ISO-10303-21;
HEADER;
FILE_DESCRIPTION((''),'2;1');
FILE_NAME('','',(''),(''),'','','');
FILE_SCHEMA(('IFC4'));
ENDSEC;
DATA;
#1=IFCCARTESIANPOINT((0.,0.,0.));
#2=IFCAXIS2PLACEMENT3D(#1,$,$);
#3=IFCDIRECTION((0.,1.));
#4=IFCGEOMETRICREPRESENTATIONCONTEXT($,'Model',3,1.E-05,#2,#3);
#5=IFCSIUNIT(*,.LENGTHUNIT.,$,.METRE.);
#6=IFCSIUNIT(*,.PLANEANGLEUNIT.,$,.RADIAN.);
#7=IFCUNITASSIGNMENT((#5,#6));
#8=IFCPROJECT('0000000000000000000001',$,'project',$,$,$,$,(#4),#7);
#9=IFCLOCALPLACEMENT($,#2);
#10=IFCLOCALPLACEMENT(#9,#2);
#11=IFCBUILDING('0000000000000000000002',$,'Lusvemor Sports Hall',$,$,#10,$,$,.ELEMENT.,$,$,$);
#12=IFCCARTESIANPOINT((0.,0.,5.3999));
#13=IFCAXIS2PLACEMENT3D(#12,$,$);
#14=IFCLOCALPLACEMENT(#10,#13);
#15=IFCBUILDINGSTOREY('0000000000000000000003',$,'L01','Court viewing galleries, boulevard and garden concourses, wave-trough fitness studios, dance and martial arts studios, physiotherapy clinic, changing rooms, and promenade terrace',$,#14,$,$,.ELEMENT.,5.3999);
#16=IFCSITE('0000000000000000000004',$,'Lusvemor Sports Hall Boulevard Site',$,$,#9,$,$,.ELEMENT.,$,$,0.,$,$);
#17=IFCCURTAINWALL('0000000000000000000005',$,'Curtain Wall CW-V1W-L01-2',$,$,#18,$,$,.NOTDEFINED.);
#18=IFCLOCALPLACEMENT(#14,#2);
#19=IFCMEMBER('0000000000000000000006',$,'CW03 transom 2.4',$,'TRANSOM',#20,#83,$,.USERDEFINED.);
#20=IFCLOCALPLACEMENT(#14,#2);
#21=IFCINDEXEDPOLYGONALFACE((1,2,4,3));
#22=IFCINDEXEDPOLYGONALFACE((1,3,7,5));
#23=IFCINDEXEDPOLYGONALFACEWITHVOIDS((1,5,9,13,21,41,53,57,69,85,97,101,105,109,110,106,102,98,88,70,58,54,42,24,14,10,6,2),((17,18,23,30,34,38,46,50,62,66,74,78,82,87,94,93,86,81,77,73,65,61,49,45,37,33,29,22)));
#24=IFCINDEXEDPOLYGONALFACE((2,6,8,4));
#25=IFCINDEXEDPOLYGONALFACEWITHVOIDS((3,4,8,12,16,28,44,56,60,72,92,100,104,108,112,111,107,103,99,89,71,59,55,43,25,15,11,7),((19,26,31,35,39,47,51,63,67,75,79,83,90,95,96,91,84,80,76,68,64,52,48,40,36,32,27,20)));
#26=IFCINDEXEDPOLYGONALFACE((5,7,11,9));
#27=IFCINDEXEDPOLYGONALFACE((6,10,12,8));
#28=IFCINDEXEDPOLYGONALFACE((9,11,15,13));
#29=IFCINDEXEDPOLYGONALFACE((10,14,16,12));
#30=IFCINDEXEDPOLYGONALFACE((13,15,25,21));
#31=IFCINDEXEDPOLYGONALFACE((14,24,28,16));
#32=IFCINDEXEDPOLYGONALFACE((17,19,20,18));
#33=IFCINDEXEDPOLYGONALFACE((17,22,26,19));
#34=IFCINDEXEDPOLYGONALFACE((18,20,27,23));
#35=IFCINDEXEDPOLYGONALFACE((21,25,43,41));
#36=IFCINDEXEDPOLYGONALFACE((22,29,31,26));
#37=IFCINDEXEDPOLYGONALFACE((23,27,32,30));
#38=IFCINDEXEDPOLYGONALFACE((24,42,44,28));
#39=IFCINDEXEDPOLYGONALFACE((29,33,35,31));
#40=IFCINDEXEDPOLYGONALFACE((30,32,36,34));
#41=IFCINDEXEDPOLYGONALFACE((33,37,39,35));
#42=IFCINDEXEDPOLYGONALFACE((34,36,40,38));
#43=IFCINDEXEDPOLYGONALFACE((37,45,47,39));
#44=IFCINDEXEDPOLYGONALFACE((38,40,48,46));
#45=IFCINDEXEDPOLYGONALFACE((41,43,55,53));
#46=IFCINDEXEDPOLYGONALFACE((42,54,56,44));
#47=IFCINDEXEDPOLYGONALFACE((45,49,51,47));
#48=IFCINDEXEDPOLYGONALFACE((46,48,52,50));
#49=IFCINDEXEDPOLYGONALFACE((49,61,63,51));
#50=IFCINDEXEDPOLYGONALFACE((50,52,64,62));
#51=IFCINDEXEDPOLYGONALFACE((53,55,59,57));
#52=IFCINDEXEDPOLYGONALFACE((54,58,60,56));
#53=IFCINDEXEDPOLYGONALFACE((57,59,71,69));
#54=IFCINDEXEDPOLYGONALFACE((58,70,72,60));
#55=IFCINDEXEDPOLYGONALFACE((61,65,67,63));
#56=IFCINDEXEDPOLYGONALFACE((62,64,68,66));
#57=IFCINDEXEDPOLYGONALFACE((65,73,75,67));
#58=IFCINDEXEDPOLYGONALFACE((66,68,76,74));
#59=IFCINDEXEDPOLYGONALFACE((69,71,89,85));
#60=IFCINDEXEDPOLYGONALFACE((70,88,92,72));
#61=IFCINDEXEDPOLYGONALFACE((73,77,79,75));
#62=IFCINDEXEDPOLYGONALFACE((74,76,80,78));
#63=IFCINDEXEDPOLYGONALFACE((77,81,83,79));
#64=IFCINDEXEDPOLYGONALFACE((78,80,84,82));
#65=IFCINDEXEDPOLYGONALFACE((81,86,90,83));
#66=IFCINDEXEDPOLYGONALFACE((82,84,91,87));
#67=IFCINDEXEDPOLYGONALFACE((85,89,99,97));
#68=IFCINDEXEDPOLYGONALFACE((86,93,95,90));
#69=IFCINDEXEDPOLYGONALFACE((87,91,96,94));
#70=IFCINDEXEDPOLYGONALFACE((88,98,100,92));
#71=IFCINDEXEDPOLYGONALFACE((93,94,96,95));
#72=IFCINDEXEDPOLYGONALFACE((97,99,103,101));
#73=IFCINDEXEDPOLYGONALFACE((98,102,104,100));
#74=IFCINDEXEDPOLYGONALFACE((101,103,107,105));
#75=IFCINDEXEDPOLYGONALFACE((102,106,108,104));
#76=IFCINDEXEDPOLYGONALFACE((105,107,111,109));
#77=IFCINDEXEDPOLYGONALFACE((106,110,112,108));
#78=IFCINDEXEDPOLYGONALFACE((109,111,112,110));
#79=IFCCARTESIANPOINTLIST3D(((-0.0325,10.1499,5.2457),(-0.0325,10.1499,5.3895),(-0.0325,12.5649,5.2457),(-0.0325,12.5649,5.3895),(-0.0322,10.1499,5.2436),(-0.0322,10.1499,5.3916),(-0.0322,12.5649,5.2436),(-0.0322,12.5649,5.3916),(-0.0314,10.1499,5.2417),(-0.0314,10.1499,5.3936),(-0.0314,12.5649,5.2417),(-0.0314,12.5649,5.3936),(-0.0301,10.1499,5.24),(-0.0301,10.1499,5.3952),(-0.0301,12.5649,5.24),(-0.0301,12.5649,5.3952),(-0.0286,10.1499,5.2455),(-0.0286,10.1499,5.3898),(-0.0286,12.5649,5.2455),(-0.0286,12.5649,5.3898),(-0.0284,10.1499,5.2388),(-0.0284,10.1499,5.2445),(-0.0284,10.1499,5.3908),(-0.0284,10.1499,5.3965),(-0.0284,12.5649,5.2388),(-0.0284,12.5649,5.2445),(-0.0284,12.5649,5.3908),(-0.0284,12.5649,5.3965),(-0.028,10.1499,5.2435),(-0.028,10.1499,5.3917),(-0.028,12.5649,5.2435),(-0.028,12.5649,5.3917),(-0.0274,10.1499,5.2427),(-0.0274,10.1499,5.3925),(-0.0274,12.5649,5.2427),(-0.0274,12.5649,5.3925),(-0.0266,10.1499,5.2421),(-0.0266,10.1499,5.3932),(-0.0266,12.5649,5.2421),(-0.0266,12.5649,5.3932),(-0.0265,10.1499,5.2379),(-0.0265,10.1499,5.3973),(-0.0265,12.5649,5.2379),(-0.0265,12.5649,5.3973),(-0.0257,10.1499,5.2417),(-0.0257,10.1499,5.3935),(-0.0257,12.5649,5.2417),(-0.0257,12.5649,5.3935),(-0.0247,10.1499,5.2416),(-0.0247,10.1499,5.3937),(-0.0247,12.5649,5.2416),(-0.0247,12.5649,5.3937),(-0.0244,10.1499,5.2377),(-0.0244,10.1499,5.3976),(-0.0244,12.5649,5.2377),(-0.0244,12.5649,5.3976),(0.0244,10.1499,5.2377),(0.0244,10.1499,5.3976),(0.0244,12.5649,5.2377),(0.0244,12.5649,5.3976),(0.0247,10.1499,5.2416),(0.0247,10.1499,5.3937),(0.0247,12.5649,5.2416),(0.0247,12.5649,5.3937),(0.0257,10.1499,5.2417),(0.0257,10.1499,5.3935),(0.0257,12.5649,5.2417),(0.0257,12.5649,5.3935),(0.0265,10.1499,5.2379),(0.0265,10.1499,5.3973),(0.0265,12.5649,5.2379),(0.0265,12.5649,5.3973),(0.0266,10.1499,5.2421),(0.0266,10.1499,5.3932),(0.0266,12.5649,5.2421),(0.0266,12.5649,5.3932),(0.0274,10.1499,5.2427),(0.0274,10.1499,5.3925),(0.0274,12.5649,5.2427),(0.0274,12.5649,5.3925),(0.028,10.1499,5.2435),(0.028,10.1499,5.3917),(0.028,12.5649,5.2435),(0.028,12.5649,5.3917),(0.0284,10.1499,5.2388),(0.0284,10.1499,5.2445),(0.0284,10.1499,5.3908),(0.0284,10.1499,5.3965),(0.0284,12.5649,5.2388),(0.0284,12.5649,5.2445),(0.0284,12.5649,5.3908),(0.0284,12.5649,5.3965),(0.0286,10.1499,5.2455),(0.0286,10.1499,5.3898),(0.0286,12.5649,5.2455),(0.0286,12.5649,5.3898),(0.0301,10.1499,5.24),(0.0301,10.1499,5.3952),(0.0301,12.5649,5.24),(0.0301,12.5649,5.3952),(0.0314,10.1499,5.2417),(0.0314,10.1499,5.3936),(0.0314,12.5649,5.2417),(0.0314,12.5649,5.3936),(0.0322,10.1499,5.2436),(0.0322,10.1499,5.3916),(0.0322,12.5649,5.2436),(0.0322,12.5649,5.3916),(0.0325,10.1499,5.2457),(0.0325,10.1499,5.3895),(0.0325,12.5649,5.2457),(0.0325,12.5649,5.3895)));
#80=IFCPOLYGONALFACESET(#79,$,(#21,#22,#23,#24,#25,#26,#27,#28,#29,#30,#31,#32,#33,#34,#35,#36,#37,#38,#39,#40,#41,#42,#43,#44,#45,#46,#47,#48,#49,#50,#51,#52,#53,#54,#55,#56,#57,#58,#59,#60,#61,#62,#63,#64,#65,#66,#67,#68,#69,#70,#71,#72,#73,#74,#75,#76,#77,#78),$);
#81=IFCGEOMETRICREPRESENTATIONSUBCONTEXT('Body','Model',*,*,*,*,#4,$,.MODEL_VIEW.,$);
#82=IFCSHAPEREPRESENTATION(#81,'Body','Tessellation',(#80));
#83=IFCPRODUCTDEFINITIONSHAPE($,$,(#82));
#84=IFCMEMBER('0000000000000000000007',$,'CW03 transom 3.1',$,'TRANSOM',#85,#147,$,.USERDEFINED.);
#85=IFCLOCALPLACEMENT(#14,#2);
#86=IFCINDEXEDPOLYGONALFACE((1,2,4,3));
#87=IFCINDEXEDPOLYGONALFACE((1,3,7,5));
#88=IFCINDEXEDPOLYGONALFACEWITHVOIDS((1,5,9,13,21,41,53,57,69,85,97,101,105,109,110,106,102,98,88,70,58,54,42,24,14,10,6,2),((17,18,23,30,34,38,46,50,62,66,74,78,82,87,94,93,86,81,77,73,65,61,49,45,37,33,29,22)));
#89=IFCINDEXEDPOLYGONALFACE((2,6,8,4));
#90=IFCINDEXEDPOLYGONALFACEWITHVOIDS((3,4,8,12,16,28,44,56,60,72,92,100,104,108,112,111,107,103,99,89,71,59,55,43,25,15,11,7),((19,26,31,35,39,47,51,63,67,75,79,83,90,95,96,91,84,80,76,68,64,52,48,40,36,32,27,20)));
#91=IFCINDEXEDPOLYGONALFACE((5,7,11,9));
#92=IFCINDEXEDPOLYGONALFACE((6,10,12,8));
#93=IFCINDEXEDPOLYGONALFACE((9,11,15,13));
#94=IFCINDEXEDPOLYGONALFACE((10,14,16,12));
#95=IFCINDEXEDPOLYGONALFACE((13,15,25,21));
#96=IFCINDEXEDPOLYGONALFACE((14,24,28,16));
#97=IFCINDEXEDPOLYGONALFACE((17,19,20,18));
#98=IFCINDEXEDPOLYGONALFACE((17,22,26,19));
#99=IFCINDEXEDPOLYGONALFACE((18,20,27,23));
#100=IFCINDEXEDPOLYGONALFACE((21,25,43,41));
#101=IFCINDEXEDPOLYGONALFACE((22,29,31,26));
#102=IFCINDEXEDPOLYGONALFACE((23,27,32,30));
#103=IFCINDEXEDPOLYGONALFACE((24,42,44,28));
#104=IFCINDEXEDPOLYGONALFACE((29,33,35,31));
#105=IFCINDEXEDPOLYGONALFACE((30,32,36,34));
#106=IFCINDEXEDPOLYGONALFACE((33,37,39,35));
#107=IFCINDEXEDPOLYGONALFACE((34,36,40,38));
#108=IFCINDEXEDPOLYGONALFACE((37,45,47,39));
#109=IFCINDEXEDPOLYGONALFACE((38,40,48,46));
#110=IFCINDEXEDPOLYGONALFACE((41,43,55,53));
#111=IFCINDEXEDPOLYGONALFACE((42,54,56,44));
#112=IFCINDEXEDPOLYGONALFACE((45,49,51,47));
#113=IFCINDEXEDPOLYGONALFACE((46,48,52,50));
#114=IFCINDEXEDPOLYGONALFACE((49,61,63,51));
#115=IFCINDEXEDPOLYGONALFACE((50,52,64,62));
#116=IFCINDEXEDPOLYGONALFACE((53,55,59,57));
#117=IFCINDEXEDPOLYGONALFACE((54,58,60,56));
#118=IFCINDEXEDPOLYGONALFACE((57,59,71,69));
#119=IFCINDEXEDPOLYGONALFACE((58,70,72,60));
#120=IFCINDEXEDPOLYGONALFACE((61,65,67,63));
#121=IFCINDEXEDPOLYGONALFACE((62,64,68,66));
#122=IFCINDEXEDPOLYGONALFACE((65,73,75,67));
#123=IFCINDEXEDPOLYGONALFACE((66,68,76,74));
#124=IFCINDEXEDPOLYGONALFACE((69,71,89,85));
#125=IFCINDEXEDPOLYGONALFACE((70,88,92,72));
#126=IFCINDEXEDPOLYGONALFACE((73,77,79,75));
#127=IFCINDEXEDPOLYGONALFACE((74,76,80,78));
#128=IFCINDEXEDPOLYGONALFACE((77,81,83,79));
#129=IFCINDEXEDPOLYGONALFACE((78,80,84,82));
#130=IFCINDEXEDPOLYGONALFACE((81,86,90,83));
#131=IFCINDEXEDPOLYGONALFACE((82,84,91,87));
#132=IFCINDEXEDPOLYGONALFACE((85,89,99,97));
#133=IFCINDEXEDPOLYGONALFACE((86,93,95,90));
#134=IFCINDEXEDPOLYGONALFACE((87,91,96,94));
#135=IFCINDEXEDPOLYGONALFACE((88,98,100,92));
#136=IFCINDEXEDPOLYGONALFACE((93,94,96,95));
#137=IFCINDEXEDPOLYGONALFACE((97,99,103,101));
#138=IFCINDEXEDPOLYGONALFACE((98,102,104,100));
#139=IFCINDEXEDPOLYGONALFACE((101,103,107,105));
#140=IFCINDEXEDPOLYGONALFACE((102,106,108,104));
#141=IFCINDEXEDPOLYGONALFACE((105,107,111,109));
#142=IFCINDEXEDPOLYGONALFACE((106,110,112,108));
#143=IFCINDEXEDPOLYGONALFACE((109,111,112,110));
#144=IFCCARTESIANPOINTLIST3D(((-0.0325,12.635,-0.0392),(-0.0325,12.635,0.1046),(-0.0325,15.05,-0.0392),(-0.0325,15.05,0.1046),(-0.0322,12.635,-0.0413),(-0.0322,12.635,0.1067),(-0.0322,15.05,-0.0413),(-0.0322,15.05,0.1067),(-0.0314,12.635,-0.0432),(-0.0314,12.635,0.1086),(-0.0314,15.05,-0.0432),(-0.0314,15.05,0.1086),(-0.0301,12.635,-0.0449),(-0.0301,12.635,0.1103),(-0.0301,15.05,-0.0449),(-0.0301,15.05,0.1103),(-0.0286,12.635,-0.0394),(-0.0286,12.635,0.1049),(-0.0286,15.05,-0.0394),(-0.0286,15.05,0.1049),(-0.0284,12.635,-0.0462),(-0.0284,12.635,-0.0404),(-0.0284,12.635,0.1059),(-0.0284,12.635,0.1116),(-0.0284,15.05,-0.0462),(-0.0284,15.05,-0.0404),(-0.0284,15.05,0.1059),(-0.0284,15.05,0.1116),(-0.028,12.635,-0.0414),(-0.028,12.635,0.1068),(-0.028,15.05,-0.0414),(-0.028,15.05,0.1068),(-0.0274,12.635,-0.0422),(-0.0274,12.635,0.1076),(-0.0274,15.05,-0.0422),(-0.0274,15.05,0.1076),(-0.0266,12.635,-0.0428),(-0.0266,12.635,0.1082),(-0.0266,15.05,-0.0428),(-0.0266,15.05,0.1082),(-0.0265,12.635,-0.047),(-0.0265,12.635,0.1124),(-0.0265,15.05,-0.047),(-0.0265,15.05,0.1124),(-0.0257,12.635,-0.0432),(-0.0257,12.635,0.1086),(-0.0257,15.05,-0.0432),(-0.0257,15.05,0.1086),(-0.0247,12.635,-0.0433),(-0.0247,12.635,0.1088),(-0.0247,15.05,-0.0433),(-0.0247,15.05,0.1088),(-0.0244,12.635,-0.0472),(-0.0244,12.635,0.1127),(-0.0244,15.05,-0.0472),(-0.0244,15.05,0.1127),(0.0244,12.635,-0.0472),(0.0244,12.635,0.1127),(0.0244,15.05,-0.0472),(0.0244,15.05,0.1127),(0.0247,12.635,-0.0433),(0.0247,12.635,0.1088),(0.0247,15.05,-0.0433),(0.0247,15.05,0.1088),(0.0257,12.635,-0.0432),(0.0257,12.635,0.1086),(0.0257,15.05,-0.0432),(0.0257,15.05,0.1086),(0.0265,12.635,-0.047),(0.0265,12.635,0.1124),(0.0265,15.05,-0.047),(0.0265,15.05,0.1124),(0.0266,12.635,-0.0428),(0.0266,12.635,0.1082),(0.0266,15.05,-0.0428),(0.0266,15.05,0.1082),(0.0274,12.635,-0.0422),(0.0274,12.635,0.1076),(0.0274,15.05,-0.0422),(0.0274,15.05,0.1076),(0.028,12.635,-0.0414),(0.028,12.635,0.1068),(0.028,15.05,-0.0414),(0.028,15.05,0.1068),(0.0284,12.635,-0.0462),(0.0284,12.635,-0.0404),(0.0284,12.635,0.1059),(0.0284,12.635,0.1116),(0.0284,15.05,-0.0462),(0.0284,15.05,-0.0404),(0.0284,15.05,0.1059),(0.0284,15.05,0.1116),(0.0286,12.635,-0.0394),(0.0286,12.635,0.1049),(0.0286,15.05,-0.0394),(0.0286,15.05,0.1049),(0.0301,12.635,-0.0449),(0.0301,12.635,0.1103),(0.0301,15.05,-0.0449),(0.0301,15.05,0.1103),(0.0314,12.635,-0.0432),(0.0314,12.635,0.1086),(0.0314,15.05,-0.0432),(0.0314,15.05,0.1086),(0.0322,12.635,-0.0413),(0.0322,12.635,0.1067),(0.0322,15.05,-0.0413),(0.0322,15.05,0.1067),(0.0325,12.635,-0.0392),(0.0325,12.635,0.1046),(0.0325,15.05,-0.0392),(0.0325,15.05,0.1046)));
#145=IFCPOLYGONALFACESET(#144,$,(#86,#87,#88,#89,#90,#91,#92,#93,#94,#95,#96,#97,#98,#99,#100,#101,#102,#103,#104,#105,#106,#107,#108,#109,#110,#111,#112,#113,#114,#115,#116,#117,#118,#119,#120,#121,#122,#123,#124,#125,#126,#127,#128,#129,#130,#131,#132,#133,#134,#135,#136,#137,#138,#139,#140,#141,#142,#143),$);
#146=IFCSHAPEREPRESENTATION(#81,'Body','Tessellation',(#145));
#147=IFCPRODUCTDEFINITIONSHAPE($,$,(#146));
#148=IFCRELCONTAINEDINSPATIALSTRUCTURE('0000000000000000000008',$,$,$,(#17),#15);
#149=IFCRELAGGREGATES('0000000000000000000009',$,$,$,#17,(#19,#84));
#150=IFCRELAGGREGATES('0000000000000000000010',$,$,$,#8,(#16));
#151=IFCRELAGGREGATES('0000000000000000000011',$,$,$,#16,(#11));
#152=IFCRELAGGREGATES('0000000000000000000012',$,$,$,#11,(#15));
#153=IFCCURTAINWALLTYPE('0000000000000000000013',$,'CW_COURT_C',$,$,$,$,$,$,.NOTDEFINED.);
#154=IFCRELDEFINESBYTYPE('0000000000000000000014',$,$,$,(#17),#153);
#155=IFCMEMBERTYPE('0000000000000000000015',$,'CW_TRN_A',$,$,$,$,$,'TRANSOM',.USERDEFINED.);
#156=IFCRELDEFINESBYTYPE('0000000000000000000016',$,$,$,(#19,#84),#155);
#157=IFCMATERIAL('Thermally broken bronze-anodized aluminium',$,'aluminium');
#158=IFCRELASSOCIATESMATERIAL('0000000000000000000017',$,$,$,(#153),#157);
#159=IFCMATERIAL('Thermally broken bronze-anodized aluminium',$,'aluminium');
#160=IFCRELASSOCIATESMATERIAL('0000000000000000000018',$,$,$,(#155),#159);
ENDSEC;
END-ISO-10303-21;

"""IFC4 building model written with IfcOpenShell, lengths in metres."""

from ifc_helpers import new_model, si_unit, direction, frame, origin, origin_2d, place, context, subcontext, project, spatial, hollow_rectangle, extrude, material, material_profile, profile_set, type_object, element, aggregate, save


model = new_model("IFC4")

# Units and contexts
model_context = context("Model", 3, precision=1e-05, world=origin(), true_north=direction((0.0, 1.0)))
body_context = subcontext(model_context, "Body", "Model", "MODEL_VIEW")
ifc_project = project(units=[si_unit("LENGTHUNIT", "METRE"), si_unit("PLANEANGLEUNIT", "RADIAN")], contexts=[model_context])

# Site, building, storey
site_placement = place(None, origin())
site = spatial("IfcSite", under=ifc_project, at=site_placement, Name="Lusvemor Sports Hall Boulevard Site", CompositionType="ELEMENT", RefElevation=0.0)
building_placement = place(site_placement, origin())
building = spatial("IfcBuilding", under=site, at=building_placement, Name="Lusvemor Sports Hall", CompositionType="ELEMENT")
storey_placement = place(building_placement, frame((0.0, 0.0, 5.3999)))
storey = spatial("IfcBuildingStorey", under=building, at=storey_placement, Name="L01", Description="Court viewing galleries, boulevard and garden concourses, wave-trough fitness studios, dance and martial arts studios, physiotherapy clinic, changing rooms, and promenade terrace", CompositionType="ELEMENT", Elevation=5.3999)

# Curtain wall, members
ifc_material_1 = material(Name="Thermally broken bronze-anodized aluminium", Category="aluminium")
curtain_wall_type = type_object("IfcCurtainWallType", Name="CW_COURT_C", PredefinedType="NOTDEFINED", material=ifc_material_1)
curtain_wall_placement = place(storey_placement, origin())
curtain_wall = element("IfcCurtainWall", 1, at=curtain_wall_placement, inside=storey, type_object=curtain_wall_type, Name="Curtain Wall CW-V1W-L01-2", PredefinedType="NOTDEFINED")
ifc_material_2 = material(Name="Thermally broken bronze-anodized aluminium", Category="aluminium")
ifc_material_profile_1 = material_profile(ifc_material_2, hollow_rectangle(XDim=0.0649, YDim=0.1599, WallThickness=0.0039, InnerFilletRadius=0.0039, OuterFilletRadius=0.0081, at=origin_2d()), Name="CWTRN160x65x4")
ifc_profile_set_1 = profile_set([ifc_material_profile_1], Name="Thermally broken bronze-anodized aluminium")
member_type_1 = type_object("IfcMemberType", Name="CW_TRN_A", ElementType="TRANSOM", PredefinedType="USERDEFINED", material=ifc_profile_set_1)
member_1_placement = place(storey_placement, frame((0.0, 10.1499, 5.3176), z_axis=(0.0, 1.0, 0.0), x_axis=(-1.0, 0.0, 0.0)))
member_1 = element("IfcMember", 2, at=member_1_placement, type_object=member_type_1, Name="CW03 transom 2.4", ObjectType="TRANSOM", PredefinedType="USERDEFINED", context=body_context, shape_type="SweptSolid", body=[
    extrude(hollow_rectangle(XDim=0.0649, YDim=0.1599, WallThickness=0.0039, InnerFilletRadius=0.0039, OuterFilletRadius=0.0081, at=origin_2d()), origin(), (0.0, 0.0, 1.0), 2.415),
])
member_2_placement = place(storey_placement, frame((0.0, 12.635, 0.0327), z_axis=(0.0, 1.0, 0.0), x_axis=(-1.0, 0.0, 0.0)))
member_2 = element("IfcMember", 3, at=member_2_placement, type_object=member_type_1, Name="CW03 transom 3.1", ObjectType="TRANSOM", PredefinedType="USERDEFINED", context=body_context, shape_type="SweptSolid", body=[
    extrude(hollow_rectangle(XDim=0.0649, YDim=0.1599, WallThickness=0.0039, InnerFilletRadius=0.0039, OuterFilletRadius=0.0081, at=origin_2d()), origin(), (0.0, 0.0, 1.0), 2.415),
])
aggregate(curtain_wall, [member_1, member_2])

save(model, "model.ifc")
